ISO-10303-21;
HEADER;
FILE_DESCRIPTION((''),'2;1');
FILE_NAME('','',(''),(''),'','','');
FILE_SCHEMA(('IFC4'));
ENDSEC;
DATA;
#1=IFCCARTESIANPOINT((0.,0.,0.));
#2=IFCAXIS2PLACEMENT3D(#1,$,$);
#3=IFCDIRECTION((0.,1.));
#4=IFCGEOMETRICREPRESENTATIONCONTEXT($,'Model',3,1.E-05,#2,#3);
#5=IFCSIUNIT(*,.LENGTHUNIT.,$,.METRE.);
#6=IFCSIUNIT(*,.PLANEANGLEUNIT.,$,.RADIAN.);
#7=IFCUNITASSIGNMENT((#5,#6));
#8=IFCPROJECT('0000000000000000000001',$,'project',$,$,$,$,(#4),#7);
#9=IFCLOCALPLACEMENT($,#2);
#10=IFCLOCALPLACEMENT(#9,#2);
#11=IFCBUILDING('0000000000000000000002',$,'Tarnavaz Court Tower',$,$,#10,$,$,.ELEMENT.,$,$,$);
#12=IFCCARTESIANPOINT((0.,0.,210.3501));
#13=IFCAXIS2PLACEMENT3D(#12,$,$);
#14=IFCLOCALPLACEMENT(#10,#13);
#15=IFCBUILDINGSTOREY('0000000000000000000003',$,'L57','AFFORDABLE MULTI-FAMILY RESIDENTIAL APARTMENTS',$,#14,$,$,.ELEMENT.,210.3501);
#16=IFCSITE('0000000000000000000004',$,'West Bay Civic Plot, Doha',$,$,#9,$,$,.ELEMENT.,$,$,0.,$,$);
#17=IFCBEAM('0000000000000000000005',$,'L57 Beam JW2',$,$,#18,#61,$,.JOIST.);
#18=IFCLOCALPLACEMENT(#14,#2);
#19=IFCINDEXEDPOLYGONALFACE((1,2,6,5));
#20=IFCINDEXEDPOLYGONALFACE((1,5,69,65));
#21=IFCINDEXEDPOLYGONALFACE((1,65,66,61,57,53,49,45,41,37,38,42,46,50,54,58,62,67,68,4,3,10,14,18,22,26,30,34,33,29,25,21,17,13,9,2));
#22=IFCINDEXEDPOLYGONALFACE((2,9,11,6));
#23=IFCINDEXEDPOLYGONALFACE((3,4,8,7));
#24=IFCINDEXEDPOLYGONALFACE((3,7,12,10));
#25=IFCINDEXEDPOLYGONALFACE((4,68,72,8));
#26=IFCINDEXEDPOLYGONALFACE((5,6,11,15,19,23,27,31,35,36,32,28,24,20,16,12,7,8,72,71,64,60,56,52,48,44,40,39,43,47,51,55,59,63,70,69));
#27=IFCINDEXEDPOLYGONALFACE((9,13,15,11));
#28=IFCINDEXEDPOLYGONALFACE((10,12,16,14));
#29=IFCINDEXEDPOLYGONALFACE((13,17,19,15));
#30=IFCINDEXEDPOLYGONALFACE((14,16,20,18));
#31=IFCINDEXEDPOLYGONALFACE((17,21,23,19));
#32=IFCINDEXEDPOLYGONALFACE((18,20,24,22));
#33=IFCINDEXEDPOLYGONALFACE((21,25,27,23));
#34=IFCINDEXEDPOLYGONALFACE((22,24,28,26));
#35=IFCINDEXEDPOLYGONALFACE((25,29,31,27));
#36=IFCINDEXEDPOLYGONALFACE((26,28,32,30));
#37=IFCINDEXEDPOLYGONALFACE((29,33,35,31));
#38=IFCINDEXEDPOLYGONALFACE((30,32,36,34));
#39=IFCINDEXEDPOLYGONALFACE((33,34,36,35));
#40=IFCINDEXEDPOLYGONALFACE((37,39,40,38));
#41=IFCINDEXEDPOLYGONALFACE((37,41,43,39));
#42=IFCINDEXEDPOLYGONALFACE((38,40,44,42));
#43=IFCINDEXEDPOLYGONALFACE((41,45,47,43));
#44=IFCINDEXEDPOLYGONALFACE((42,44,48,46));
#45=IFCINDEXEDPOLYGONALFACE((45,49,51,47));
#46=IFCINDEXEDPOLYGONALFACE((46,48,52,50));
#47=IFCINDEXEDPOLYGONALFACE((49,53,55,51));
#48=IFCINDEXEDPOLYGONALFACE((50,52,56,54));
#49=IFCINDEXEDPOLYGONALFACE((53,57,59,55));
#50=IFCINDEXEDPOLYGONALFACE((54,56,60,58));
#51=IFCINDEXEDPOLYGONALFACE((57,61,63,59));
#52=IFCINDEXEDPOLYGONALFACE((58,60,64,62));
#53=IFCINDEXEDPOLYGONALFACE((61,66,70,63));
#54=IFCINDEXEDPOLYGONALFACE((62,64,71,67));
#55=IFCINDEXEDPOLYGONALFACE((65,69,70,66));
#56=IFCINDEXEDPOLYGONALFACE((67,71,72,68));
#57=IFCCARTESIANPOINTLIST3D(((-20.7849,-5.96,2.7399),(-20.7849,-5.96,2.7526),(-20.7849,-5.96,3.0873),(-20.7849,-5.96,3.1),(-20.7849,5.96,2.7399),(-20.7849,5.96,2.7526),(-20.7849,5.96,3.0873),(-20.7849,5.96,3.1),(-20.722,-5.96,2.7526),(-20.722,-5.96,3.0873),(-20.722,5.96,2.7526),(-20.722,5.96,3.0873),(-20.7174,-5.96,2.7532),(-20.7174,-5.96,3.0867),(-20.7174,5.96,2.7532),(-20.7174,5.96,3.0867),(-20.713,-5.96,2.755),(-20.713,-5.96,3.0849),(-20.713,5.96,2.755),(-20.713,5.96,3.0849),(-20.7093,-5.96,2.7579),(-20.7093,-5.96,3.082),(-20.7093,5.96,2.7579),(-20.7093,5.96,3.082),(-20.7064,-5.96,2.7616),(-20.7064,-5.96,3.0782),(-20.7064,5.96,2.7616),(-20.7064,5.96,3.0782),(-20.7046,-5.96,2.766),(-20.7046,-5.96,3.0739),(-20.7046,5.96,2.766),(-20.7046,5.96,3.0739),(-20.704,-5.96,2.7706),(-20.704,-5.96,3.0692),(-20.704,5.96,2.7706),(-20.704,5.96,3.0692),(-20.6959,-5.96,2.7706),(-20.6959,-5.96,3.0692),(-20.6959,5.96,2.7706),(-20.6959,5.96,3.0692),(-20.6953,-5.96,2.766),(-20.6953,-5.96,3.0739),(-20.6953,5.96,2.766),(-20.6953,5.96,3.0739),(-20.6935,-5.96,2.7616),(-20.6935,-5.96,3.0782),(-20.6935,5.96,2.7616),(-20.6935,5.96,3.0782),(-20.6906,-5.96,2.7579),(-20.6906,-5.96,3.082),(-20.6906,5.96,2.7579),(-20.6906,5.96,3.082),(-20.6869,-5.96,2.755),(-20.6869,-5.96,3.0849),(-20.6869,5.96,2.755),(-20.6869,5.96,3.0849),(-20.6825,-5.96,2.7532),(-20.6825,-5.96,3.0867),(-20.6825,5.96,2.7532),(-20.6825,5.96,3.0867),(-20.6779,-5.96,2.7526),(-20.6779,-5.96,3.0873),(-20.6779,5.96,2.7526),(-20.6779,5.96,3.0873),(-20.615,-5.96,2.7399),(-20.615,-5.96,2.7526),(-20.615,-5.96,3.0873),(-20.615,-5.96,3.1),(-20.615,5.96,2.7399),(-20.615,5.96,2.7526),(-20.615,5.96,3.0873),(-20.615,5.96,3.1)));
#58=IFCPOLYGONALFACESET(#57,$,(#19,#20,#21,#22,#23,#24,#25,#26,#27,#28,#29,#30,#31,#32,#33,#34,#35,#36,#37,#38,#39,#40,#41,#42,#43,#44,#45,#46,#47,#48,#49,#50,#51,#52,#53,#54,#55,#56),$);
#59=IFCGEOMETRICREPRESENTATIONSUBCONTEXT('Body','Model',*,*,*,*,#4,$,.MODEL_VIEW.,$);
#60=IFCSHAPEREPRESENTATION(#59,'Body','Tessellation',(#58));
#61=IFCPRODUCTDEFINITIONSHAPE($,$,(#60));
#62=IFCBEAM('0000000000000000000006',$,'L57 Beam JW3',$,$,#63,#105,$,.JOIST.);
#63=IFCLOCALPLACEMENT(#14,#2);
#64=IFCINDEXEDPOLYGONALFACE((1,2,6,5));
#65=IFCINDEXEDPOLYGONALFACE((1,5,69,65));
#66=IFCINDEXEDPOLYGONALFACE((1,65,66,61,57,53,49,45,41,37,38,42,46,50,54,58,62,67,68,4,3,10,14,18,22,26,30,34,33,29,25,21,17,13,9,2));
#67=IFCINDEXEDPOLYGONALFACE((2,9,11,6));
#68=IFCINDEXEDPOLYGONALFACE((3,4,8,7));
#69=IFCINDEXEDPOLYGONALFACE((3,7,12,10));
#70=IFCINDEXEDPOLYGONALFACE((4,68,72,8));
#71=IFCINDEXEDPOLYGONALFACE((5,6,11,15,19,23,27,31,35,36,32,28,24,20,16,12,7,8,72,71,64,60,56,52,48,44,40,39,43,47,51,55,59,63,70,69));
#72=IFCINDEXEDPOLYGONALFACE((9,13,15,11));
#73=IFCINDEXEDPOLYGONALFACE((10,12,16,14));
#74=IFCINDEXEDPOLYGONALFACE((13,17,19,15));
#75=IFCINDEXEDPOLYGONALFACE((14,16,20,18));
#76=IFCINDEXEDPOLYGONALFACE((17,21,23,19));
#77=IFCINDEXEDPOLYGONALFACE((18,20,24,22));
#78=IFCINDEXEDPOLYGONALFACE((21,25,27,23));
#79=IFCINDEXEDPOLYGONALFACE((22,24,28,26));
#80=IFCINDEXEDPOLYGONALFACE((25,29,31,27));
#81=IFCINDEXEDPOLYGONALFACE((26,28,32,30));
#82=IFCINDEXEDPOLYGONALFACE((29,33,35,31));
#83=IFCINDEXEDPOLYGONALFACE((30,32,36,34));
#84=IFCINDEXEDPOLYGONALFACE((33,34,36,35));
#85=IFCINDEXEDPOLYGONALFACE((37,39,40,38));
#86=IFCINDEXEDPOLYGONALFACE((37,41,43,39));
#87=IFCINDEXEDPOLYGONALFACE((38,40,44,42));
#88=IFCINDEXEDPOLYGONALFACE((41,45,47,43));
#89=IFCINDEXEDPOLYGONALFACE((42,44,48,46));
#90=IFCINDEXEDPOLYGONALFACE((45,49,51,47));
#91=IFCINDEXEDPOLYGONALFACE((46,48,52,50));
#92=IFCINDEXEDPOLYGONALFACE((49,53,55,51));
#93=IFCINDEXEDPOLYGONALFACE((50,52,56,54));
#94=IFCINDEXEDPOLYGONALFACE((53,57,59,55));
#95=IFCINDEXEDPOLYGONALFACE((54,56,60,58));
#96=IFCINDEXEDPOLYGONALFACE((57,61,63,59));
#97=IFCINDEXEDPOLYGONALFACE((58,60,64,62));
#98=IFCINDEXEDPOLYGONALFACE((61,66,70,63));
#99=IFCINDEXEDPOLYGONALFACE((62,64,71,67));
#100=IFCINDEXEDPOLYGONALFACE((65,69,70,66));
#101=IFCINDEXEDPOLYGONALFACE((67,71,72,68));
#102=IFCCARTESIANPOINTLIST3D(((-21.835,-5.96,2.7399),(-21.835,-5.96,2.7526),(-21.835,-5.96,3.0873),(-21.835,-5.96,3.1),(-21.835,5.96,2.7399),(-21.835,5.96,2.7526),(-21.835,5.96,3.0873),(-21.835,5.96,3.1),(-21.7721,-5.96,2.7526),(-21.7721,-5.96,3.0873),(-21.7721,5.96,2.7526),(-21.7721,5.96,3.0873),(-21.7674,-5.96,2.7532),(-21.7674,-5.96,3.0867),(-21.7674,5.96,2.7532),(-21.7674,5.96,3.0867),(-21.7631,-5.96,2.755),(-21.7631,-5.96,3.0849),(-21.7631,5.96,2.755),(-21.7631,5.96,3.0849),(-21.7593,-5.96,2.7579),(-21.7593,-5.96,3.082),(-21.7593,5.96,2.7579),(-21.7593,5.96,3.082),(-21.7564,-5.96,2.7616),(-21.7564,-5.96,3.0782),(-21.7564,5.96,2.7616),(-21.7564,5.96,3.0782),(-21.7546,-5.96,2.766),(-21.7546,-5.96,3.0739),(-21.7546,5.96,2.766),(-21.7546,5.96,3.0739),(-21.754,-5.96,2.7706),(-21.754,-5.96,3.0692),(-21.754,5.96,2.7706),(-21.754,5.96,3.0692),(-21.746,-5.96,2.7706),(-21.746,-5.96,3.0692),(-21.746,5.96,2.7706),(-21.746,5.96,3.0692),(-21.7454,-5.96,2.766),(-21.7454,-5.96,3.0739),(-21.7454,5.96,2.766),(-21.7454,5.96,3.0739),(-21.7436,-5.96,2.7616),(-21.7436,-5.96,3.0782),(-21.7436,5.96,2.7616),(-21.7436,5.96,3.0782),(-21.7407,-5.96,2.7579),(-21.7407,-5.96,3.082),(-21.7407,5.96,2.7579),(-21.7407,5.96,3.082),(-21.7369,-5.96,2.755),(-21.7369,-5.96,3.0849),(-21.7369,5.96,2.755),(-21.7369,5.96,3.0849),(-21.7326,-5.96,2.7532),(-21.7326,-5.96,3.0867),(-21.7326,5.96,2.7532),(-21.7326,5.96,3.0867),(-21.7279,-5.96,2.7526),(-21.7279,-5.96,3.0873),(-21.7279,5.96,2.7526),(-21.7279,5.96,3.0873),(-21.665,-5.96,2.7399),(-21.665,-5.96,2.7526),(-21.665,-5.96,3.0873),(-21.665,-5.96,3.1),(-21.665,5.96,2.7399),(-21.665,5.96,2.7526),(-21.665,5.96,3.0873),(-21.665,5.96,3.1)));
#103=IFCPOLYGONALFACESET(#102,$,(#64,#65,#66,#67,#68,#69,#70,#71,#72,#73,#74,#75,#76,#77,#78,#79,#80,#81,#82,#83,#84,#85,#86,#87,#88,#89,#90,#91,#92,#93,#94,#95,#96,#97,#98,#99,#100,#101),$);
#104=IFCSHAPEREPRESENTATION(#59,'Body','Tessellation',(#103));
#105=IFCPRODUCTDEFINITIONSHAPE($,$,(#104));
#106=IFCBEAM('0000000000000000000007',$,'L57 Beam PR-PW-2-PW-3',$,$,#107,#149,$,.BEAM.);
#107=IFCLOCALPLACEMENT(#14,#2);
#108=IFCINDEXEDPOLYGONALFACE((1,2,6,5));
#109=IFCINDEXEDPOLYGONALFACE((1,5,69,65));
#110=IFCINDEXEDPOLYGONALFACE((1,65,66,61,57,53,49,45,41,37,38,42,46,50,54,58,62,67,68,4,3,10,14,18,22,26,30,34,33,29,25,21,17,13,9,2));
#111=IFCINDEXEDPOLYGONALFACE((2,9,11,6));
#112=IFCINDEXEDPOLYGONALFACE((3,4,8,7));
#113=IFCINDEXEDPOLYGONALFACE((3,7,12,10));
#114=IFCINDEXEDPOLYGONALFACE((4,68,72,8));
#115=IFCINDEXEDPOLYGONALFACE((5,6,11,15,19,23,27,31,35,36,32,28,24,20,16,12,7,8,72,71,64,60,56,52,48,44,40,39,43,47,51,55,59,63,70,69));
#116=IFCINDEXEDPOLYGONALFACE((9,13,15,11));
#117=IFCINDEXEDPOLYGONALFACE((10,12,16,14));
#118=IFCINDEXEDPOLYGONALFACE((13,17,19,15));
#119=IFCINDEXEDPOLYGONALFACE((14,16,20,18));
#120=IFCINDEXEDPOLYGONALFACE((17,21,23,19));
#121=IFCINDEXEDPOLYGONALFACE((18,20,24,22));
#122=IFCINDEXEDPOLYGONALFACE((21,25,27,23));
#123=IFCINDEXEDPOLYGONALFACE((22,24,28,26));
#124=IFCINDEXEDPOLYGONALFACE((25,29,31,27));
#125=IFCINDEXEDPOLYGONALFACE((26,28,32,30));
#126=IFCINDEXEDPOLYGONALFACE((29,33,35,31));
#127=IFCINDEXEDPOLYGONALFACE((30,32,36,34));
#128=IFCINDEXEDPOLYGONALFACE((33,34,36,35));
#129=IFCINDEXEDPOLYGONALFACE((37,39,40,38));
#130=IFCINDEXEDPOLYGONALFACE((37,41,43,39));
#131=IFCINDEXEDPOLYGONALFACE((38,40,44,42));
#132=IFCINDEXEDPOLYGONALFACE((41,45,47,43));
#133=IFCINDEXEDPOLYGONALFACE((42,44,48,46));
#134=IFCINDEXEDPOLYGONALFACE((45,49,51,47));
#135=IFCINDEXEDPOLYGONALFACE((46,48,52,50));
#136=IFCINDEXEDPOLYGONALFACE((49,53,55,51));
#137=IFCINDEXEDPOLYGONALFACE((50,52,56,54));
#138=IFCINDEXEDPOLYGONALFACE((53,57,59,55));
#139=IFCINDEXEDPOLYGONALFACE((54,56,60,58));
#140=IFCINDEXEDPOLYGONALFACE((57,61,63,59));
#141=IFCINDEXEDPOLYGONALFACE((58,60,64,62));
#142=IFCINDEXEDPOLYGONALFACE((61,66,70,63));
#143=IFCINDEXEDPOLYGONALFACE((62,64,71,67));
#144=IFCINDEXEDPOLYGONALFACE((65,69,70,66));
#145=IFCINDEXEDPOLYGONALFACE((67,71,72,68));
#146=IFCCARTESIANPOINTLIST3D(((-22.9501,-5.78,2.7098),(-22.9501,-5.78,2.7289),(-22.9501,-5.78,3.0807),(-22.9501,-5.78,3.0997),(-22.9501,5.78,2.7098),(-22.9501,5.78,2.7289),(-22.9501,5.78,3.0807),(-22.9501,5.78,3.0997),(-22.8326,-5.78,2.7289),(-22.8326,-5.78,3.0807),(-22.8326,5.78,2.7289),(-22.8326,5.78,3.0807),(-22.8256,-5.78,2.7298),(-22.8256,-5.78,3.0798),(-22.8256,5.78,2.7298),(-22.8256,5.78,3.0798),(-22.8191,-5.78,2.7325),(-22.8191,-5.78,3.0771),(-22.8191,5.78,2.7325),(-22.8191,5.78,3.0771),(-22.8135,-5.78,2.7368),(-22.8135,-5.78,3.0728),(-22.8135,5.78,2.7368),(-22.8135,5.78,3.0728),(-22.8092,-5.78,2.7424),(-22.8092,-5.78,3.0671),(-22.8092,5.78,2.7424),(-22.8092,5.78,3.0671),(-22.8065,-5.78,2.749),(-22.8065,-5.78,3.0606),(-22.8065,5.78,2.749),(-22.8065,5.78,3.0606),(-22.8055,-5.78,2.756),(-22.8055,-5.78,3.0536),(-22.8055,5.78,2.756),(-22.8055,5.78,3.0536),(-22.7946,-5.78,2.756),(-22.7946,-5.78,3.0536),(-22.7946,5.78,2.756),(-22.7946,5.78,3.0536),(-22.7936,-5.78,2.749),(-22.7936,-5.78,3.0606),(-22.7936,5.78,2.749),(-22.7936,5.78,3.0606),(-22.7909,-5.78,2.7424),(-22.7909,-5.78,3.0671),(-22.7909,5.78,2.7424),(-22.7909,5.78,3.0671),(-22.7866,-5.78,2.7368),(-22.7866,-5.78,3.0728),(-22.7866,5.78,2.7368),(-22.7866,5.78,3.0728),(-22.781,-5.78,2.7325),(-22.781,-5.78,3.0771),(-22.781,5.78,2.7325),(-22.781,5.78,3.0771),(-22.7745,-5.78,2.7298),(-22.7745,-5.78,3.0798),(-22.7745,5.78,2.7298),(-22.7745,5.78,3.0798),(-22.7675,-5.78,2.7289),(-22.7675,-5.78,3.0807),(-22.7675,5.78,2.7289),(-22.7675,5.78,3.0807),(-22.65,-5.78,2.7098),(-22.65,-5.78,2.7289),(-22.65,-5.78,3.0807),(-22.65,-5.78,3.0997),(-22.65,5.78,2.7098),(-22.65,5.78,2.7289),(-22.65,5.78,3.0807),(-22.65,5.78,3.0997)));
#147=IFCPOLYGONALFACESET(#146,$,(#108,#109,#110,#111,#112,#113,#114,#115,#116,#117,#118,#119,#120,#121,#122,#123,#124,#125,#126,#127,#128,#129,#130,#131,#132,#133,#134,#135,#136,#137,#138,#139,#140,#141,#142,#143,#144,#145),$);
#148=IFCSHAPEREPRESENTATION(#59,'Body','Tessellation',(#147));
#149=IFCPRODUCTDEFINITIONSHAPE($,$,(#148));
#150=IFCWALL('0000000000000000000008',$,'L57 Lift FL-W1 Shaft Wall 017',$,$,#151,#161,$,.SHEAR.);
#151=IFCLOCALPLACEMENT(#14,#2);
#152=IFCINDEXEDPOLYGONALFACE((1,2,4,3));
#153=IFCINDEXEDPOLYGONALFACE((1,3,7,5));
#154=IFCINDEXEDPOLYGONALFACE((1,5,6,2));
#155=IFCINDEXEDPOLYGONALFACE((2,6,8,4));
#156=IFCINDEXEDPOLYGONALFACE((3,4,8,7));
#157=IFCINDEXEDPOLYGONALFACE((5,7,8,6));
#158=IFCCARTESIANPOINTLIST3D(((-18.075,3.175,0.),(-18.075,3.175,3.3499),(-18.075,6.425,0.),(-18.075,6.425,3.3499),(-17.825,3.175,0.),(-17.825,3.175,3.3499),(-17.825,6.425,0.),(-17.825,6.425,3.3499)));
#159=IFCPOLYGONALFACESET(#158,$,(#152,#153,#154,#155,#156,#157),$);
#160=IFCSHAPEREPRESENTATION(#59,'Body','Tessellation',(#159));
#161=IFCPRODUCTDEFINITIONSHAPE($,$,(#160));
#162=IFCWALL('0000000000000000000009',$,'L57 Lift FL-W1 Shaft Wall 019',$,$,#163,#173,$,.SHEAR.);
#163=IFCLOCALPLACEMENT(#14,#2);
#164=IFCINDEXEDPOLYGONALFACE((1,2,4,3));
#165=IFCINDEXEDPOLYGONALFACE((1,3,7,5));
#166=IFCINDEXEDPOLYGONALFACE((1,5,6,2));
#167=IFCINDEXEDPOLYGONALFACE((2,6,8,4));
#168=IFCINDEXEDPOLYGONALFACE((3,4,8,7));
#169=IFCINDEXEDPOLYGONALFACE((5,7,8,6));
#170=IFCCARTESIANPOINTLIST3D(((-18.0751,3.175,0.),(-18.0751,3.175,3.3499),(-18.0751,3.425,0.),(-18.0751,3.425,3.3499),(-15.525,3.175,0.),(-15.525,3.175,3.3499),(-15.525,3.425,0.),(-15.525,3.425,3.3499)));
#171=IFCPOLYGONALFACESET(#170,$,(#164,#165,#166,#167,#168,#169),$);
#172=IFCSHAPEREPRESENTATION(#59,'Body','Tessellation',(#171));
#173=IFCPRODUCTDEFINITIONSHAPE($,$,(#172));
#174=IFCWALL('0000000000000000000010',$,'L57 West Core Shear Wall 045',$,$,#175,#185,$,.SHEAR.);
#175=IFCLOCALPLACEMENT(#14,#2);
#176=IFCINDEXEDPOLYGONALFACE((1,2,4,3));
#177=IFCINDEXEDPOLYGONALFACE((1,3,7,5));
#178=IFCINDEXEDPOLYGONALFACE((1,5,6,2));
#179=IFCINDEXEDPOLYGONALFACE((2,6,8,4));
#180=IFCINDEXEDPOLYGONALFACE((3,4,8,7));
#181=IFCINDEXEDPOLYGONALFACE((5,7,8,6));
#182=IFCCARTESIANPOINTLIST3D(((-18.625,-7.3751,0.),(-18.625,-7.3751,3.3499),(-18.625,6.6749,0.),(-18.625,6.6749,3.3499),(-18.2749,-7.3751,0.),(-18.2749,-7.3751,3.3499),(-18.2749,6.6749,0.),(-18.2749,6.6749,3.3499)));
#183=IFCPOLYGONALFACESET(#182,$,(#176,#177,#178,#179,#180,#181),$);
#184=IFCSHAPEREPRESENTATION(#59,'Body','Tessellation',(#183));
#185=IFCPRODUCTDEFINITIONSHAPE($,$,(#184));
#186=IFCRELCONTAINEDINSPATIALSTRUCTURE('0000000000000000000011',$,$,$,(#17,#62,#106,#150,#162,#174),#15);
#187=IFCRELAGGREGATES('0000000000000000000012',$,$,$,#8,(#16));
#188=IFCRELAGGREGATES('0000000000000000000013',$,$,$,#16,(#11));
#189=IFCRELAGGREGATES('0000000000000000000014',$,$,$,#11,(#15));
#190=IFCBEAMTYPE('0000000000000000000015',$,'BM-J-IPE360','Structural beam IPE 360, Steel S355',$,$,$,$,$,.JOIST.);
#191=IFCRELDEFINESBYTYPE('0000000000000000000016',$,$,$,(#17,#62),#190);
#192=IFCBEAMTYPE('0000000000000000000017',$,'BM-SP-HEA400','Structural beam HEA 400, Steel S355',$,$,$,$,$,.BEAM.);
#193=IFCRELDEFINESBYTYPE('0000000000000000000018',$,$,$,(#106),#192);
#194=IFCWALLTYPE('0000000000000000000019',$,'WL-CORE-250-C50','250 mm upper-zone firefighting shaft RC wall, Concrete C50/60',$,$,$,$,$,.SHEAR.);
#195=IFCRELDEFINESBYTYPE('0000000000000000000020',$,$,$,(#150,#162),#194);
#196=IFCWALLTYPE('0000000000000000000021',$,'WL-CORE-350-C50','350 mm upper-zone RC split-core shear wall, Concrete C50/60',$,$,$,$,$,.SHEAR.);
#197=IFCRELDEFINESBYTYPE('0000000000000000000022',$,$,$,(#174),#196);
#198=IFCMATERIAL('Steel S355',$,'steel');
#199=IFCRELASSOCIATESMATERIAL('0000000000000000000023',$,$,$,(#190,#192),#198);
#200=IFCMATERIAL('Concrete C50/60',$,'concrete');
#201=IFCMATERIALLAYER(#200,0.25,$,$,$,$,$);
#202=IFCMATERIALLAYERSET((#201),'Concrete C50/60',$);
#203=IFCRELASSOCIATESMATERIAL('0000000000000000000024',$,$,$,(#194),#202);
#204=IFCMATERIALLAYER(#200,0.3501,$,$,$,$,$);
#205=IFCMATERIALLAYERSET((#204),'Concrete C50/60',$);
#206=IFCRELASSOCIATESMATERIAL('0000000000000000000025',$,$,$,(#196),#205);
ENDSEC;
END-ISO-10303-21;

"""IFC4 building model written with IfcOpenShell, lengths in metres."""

from ifc_helpers import new_model, si_unit, direction, frame, frame_2d, origin, origin_2d, place, context, subcontext, project, spatial, rectangle, i_section, extrude, material, layer, layer_set, material_profile, profile_set, type_object, element, save


model = new_model("IFC4")

# Units and contexts
model_context = context("Model", 3, precision=1e-05, world=origin(), true_north=direction((0.0, 1.0)))
body_context = subcontext(model_context, "Body", "Model", "MODEL_VIEW")
ifc_project = project(units=[si_unit("LENGTHUNIT", "METRE"), si_unit("PLANEANGLEUNIT", "RADIAN")], contexts=[model_context])

# Site, building, storey
site_placement = place(None, origin())
site = spatial("IfcSite", under=ifc_project, at=site_placement, Name="West Bay Civic Plot, Doha", CompositionType="ELEMENT", RefElevation=0.0)
building_placement = place(site_placement, origin())
building = spatial("IfcBuilding", under=site, at=building_placement, Name="Tarnavaz Court Tower", CompositionType="ELEMENT")
storey_placement = place(building_placement, frame((0.0, 0.0, 210.3501)))
storey = spatial("IfcBuildingStorey", under=building, at=storey_placement, Name="L57", Description="AFFORDABLE MULTI-FAMILY RESIDENTIAL APARTMENTS", CompositionType="ELEMENT", Elevation=210.3501)

# Shared definitions
ifc_material_1 = material(Name="Concrete C50/60", Category="concrete")

# Beams
ifc_material_2 = material(Name="Steel S355", Category="steel")
ifc_material_profile_1 = material_profile(ifc_material_2, i_section(OverallWidth=0.1699, OverallDepth=0.3601, WebThickness=0.0081, FlangeThickness=0.0127, FilletRadius=0.0181, at=origin_2d()), Name="IPE 360")
ifc_profile_set_1 = profile_set([ifc_material_profile_1], Name="Steel S355")
beam_type_1 = type_object("IfcBeamType", Name="BM-J-IPE360", Description="Structural beam IPE 360, Steel S355", PredefinedType="JOIST", material=ifc_profile_set_1)
for number, where, z_axis, x_axis, name in (
    (1, (-20.7, -5.96, 2.9199), (0.0, 1.0, 0.0), (-1.0, 0.0, 0.0), "L57 Beam JW2"),
    (2, (-21.75, -5.96, 2.9199), (0.0, 1.0, 0.0), (-1.0, 0.0, 0.0), "L57 Beam JW3"),
):
    element("IfcBeam", number, at=place(storey_placement, frame(where, z_axis=z_axis, x_axis=x_axis)), inside=storey, type_object=beam_type_1, Name=name, PredefinedType="JOIST", context=body_context, shape_type="SweptSolid", body=[
        extrude(i_section(OverallWidth=0.1699, OverallDepth=0.3601, WebThickness=0.0081, FlangeThickness=0.0127, FilletRadius=0.0181, at=origin_2d()), origin(), (0.0, 0.0, 1.0), 11.9199),
    ])
ifc_material_profile_2 = material_profile(ifc_material_2, i_section(OverallWidth=0.3, OverallDepth=0.3899, WebThickness=0.011, FlangeThickness=0.019, FilletRadius=0.0271, at=origin_2d()), Name="HEA 400")
ifc_profile_set_2 = profile_set([ifc_material_profile_2], Name="Steel S355")
beam_type_2 = type_object("IfcBeamType", Name="BM-SP-HEA400", Description="Structural beam HEA 400, Steel S355", PredefinedType="BEAM", material=ifc_profile_set_2)
beam_1_placement = place(storey_placement, frame((-22.8, -5.78, 2.9048), z_axis=(0.0, 1.0, 0.0), x_axis=(-1.0, 0.0, 0.0)))
element("IfcBeam", 3, at=beam_1_placement, inside=storey, type_object=beam_type_2, Name="L57 Beam PR-PW-2-PW-3", PredefinedType="BEAM", context=body_context, shape_type="SweptSolid", body=[
    extrude(i_section(OverallWidth=0.3, OverallDepth=0.3899, WebThickness=0.011, FlangeThickness=0.019, FilletRadius=0.0271, at=origin_2d()), origin(), (0.0, 0.0, 1.0), 11.5601),
])

# Walls
ifc_layer_1 = layer(ifc_material_1, 0.25)
ifc_layer_set_1 = layer_set([ifc_layer_1], Name="Concrete C50/60")
wall_type_1 = type_object("IfcWallType", Name="WL-CORE-250-C50", Description="250 mm upper-zone firefighting shaft RC wall, Concrete C50/60", PredefinedType="SHEAR", material=ifc_layer_set_1)
wall_1_placement = place(storey_placement, frame((-17.95, 3.175, 0.0), z_axis=(0.0, 0.0, 1.0), x_axis=(0.0, 1.0, 0.0)))
element("IfcWall", 4, at=wall_1_placement, inside=storey, type_object=wall_type_1, Name="L57 Lift FL-W1 Shaft Wall 017", PredefinedType="SHEAR", context=body_context, shape_type="SweptSolid", body=[
    extrude(rectangle(XDim=3.25, YDim=0.25, at=frame_2d((1.625, 0.0))), origin(), (0.0, 0.0, 1.0), 3.3499),
])
wall_2_placement = place(storey_placement, frame((-18.075, 3.3, 0.0), z_axis=(0.0, 0.0, 1.0), x_axis=(1.0, 0.0, 0.0)))
element("IfcWall", 5, at=wall_2_placement, inside=storey, type_object=wall_type_1, Name="L57 Lift FL-W1 Shaft Wall 019", PredefinedType="SHEAR", context=body_context, shape_type="SweptSolid", body=[
    extrude(rectangle(XDim=2.55, YDim=0.25, at=frame_2d((1.2749, 0.0))), origin(), (0.0, 0.0, 1.0), 3.3499),
])
ifc_layer_2 = layer(ifc_material_1, 0.3501)
ifc_layer_set_2 = layer_set([ifc_layer_2], Name="Concrete C50/60")
wall_type_2 = type_object("IfcWallType", Name="WL-CORE-350-C50", Description="350 mm upper-zone RC split-core shear wall, Concrete C50/60", PredefinedType="SHEAR", material=ifc_layer_set_2)
wall_3_placement = place(storey_placement, frame((-18.45, -7.375, 0.0), z_axis=(0.0, 0.0, 1.0), x_axis=(0.0, 1.0, 0.0)))
element("IfcWall", 6, at=wall_3_placement, inside=storey, type_object=wall_type_2, Name="L57 West Core Shear Wall 045", PredefinedType="SHEAR", context=body_context, shape_type="SweptSolid", body=[
    extrude(rectangle(XDim=14.05, YDim=0.3501, at=frame_2d((7.0249, 0.0))), origin(), (0.0, 0.0, 1.0), 3.3499),
])

save(model, "model.ifc")
